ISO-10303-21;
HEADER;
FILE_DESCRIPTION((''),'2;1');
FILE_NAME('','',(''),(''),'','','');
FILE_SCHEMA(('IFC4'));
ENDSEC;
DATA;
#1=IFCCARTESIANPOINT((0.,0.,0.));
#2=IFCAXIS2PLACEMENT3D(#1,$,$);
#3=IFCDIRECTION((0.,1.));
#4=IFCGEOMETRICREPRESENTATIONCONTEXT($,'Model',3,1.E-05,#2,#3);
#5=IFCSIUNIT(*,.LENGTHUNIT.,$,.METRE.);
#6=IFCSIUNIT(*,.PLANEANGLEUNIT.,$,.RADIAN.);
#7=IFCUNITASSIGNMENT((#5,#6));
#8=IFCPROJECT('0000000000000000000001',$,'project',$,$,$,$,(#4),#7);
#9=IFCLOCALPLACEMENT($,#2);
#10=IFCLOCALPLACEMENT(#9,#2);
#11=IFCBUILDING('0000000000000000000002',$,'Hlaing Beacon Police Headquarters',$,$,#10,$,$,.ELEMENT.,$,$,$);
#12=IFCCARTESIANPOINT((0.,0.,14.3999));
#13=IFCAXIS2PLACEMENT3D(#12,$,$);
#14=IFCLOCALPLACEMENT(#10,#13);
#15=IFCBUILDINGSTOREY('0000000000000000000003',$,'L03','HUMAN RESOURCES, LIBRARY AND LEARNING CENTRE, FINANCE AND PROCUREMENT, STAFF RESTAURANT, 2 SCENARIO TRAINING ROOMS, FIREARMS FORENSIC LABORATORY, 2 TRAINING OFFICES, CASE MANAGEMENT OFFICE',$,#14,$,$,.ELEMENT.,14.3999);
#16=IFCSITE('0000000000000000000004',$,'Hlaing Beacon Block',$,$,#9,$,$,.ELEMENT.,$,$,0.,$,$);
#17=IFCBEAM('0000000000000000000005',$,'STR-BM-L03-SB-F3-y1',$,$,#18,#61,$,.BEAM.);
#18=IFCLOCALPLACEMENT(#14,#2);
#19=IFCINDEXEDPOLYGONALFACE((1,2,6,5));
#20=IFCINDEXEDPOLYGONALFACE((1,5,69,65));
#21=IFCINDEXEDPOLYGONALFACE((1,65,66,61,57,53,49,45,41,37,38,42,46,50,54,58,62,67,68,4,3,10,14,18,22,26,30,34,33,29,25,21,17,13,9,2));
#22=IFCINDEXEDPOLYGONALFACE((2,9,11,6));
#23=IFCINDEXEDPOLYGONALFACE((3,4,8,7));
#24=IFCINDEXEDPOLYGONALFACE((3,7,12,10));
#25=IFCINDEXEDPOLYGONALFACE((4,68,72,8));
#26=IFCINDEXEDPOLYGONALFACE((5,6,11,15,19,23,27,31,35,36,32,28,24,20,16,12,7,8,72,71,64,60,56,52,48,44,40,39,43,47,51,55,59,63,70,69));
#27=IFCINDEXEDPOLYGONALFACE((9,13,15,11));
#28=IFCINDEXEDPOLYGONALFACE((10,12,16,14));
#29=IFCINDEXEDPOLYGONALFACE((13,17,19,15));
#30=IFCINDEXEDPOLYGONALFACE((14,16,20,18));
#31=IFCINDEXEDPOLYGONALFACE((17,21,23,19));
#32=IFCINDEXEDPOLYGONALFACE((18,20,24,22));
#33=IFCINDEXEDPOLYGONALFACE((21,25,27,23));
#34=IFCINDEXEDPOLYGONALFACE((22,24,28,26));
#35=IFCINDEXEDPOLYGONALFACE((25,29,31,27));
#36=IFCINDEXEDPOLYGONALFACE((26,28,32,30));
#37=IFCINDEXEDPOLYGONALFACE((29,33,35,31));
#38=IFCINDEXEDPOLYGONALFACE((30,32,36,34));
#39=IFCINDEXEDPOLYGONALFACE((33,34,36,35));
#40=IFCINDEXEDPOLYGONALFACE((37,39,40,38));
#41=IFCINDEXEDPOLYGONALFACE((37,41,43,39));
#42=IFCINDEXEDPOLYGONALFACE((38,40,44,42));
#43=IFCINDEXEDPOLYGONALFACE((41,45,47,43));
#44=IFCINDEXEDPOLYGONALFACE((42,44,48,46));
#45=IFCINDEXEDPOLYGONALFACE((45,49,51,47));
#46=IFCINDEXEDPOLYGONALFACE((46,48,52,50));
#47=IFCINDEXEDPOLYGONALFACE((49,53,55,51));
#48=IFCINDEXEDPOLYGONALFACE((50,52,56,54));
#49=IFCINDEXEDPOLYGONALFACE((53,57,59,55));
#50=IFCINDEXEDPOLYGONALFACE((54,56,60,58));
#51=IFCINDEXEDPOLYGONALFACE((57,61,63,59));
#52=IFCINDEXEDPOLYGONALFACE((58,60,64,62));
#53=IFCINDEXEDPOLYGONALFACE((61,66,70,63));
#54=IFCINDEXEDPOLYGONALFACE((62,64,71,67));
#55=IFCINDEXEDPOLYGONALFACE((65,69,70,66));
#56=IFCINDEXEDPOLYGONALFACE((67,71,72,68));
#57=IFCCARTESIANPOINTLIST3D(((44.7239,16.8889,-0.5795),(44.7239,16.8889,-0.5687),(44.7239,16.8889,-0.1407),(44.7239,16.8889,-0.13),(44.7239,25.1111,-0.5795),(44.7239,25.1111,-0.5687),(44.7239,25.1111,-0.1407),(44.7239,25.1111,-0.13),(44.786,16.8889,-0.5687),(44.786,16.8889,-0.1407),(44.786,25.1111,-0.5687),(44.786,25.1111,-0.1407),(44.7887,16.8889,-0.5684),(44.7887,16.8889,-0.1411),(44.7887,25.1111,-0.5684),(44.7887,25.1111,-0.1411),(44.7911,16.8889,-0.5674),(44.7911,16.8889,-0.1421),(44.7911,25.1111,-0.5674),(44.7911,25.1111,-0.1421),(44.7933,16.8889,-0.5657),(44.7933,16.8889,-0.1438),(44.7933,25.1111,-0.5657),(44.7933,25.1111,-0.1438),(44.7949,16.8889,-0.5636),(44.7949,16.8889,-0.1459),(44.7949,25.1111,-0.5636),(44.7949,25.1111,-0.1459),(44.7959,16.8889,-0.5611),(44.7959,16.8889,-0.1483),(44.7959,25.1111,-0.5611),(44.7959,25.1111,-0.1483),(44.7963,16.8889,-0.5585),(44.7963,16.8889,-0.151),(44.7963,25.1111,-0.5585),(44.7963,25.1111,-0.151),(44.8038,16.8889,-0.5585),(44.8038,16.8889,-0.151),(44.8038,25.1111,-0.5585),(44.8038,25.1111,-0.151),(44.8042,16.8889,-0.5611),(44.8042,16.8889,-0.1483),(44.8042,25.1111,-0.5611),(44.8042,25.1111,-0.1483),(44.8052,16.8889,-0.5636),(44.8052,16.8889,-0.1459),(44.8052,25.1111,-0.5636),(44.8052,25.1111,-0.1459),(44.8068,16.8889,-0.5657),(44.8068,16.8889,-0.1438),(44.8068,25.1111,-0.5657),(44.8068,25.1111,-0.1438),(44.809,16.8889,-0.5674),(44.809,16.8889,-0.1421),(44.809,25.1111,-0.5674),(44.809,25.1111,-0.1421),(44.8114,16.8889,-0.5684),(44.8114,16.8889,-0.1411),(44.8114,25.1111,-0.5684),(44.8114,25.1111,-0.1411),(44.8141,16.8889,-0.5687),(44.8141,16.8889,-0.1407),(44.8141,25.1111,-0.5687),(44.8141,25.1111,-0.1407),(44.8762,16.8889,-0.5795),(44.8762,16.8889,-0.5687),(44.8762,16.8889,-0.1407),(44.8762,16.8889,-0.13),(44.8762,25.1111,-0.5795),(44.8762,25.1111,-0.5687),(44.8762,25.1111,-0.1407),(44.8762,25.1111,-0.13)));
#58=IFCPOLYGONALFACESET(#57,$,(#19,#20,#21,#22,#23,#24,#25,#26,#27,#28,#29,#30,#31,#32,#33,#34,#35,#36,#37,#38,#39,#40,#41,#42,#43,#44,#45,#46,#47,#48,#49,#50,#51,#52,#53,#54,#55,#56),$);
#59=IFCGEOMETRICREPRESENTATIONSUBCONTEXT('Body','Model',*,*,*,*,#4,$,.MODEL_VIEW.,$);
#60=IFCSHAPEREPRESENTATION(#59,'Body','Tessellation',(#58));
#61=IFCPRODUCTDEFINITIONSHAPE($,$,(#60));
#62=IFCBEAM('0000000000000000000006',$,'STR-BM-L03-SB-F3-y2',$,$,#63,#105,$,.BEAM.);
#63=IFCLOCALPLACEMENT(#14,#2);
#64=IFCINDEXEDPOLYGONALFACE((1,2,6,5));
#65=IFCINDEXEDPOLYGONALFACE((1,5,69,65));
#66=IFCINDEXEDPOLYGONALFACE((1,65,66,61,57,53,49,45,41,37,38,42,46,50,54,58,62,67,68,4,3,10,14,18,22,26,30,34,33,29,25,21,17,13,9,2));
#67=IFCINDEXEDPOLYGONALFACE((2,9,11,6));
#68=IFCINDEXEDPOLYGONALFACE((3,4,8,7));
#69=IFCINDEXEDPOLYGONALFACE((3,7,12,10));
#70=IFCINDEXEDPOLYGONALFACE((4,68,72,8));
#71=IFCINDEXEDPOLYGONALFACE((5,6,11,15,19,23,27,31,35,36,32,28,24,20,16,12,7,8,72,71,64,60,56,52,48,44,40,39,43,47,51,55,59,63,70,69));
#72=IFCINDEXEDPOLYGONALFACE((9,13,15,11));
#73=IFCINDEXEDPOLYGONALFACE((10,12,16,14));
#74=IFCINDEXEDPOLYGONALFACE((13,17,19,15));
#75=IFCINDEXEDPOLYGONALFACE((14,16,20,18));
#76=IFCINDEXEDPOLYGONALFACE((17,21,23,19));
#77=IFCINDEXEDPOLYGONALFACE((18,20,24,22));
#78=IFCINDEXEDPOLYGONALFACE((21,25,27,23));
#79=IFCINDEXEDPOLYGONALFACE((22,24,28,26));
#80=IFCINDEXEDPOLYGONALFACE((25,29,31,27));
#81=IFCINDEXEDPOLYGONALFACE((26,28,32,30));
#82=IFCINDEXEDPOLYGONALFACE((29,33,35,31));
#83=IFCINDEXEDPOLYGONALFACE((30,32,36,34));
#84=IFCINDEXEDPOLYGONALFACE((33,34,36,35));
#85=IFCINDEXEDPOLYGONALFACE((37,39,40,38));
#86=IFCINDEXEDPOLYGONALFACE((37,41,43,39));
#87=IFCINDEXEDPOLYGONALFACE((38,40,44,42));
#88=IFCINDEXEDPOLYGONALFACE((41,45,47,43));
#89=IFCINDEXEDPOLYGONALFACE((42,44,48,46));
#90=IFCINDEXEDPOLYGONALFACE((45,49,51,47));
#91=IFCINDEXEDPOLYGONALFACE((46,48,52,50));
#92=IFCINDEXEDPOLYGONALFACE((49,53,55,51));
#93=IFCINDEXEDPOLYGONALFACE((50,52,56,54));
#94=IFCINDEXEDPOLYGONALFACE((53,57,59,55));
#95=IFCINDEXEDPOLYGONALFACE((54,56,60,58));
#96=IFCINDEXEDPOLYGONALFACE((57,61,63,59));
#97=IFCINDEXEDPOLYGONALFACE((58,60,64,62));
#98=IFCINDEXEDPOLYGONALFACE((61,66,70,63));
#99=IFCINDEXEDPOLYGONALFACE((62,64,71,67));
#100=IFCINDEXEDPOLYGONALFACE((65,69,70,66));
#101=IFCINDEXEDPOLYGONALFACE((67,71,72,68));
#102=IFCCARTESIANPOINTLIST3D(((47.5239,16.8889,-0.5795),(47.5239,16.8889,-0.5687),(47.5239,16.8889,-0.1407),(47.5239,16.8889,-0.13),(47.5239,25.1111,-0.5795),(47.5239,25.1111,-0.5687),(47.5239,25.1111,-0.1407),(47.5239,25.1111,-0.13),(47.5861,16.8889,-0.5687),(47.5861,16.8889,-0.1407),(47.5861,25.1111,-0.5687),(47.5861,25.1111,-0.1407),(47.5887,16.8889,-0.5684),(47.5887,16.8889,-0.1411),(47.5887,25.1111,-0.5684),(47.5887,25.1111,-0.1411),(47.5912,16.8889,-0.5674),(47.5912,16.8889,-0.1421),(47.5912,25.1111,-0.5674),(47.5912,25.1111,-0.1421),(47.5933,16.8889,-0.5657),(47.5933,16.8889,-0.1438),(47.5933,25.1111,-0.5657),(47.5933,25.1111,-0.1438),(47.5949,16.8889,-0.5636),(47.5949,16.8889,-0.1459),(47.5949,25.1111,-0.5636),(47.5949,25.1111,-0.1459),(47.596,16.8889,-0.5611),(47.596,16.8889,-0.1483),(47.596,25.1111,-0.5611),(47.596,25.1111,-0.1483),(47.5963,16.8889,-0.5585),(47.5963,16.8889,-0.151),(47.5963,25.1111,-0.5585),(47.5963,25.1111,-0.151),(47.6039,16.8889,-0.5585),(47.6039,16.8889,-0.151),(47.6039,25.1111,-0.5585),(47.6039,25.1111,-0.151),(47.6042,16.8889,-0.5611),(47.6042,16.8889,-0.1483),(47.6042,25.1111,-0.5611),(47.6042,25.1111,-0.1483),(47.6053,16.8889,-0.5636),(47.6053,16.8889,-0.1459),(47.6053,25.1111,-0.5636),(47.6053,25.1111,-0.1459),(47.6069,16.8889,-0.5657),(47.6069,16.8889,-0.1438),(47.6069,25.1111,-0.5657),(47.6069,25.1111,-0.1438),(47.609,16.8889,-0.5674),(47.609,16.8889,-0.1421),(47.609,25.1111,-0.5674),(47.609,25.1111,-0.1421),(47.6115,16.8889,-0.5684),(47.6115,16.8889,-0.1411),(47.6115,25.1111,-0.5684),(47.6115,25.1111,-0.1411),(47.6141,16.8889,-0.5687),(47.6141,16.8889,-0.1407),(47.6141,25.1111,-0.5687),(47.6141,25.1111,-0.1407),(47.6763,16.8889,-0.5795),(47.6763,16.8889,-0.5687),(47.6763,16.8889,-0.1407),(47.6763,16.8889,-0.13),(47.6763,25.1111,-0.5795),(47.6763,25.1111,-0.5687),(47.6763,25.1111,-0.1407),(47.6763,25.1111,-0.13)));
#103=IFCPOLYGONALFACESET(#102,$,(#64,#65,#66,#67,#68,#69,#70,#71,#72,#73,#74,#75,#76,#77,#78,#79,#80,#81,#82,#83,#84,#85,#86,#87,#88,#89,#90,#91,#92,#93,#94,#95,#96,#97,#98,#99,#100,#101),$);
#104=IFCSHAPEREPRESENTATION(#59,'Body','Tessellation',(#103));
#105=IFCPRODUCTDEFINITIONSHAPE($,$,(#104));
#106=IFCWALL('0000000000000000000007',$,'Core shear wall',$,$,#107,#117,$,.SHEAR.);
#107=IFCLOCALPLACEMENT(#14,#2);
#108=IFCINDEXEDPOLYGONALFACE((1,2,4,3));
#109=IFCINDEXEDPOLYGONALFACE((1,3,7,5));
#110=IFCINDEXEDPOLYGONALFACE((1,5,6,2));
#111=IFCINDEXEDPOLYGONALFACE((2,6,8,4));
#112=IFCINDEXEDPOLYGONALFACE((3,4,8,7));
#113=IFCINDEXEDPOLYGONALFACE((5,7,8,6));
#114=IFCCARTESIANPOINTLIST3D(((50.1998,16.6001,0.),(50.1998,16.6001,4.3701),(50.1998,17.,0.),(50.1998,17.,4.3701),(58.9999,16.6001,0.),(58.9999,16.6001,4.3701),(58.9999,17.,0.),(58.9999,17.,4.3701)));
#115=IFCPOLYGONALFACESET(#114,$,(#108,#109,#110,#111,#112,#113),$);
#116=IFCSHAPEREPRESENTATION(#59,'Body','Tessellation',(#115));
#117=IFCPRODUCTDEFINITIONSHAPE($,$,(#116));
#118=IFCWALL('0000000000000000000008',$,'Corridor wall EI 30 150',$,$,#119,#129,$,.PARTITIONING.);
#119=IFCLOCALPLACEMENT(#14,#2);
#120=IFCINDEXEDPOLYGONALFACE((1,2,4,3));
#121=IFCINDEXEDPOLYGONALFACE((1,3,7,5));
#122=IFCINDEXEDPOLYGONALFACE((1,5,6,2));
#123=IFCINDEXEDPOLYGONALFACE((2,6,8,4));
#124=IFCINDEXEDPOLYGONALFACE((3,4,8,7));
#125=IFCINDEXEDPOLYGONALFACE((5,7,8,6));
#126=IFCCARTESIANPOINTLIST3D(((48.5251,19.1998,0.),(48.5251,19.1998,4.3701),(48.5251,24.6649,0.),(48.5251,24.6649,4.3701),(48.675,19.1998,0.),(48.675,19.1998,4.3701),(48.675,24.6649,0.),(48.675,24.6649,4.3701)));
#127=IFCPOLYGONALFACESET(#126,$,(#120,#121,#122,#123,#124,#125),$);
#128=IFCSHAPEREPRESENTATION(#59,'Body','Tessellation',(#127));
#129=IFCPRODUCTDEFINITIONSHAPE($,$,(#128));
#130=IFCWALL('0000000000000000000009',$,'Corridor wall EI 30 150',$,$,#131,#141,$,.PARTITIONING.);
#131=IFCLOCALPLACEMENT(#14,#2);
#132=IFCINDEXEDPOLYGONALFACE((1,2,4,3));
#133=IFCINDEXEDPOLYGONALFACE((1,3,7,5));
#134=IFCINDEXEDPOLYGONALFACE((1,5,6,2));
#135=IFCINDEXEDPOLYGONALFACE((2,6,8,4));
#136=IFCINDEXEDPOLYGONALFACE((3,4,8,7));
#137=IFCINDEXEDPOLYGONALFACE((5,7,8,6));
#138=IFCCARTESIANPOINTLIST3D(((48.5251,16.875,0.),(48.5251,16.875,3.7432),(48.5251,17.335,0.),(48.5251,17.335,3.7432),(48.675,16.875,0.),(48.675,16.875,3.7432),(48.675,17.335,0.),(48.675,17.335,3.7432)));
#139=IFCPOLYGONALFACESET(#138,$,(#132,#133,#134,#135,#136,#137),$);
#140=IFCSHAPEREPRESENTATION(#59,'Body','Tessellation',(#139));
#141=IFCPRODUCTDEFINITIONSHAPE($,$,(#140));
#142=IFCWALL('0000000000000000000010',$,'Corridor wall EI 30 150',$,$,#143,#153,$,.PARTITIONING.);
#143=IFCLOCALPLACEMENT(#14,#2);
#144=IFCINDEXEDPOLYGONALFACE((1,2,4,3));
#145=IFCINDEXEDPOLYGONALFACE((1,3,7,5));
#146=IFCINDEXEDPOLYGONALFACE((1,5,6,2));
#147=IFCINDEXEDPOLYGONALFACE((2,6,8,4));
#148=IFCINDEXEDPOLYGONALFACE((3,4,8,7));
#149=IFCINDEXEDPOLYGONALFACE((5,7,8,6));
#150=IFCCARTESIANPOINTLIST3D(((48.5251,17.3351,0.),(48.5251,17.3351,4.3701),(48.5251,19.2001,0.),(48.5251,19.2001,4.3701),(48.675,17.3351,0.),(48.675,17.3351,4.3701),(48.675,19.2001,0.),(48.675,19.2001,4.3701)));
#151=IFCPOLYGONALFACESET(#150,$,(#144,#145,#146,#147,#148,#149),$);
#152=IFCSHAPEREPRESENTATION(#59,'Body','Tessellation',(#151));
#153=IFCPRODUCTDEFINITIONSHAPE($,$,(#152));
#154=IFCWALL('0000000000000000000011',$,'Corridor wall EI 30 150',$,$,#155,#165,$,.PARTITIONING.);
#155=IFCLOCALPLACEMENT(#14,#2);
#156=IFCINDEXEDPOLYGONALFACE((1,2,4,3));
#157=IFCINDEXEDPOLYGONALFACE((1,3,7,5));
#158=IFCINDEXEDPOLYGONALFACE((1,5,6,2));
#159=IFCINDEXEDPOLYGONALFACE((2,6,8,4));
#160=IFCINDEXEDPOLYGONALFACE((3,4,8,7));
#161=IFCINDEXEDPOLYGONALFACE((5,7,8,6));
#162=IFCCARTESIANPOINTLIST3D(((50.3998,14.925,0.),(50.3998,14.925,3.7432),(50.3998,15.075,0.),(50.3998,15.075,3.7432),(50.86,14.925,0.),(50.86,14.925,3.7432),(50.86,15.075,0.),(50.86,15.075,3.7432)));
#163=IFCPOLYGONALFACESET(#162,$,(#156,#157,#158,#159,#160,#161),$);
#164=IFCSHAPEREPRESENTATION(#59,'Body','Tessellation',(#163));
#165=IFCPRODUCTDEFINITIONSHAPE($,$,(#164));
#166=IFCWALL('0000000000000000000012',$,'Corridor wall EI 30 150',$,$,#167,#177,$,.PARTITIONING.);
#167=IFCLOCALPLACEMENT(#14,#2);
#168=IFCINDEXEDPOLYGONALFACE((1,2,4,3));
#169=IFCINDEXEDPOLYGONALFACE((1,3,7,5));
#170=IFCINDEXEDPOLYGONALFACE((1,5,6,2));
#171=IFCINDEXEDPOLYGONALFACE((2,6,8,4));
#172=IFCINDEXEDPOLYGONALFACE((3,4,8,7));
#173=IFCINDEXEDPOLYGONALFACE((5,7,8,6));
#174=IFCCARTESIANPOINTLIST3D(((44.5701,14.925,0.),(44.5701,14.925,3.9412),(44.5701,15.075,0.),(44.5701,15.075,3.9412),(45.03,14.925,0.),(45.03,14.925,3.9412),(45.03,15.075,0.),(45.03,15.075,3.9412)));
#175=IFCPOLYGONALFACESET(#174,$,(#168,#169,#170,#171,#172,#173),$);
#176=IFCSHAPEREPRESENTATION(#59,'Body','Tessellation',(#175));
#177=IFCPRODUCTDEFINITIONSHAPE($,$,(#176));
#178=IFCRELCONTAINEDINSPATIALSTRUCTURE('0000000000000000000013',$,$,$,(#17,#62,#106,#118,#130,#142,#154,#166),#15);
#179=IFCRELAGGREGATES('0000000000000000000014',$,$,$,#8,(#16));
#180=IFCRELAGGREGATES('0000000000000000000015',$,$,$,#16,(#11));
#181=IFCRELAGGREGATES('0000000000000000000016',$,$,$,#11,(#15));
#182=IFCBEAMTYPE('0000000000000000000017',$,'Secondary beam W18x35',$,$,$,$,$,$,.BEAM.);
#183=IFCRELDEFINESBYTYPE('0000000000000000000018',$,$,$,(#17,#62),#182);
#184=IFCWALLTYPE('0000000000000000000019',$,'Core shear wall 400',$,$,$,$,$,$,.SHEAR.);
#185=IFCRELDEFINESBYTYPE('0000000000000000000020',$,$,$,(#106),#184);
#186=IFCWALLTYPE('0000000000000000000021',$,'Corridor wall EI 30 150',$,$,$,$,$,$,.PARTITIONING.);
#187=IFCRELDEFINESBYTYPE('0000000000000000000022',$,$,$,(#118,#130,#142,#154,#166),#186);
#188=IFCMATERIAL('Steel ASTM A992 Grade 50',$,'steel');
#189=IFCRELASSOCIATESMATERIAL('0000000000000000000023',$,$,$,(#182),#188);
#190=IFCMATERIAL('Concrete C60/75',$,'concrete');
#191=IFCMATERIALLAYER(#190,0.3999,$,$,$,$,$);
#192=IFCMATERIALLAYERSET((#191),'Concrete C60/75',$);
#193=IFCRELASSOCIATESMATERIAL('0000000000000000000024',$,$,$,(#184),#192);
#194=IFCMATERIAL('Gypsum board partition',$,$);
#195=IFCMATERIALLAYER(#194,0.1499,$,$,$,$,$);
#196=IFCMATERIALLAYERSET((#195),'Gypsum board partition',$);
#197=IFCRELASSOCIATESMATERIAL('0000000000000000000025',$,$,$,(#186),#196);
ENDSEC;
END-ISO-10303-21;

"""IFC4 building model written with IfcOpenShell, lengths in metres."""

from ifc_helpers import new_model, si_unit, direction, frame, frame_2d, origin, origin_2d, place, context, subcontext, project, spatial, rectangle, i_section, extrude, material, layer, layer_set, material_profile, profile_set, type_object, element, save


model = new_model("IFC4")

# Units and contexts
model_context = context("Model", 3, precision=1e-05, world=origin(), true_north=direction((0.0, 1.0)))
body_context = subcontext(model_context, "Body", "Model", "MODEL_VIEW")
ifc_project = project(units=[si_unit("LENGTHUNIT", "METRE"), si_unit("PLANEANGLEUNIT", "RADIAN")], contexts=[model_context])

# Site, building, storey
site_placement = place(None, origin())
site = spatial("IfcSite", under=ifc_project, at=site_placement, Name="Hlaing Beacon Block", CompositionType="ELEMENT", RefElevation=0.0)
building_placement = place(site_placement, origin())
building = spatial("IfcBuilding", under=site, at=building_placement, Name="Hlaing Beacon Police Headquarters", CompositionType="ELEMENT")
storey_placement = place(building_placement, frame((0.0, 0.0, 14.3999)))
storey = spatial("IfcBuildingStorey", under=building, at=storey_placement, Name="L03", Description="HUMAN RESOURCES, LIBRARY AND LEARNING CENTRE, FINANCE AND PROCUREMENT, STAFF RESTAURANT, 2 SCENARIO TRAINING ROOMS, FIREARMS FORENSIC LABORATORY, 2 TRAINING OFFICES, CASE MANAGEMENT OFFICE", CompositionType="ELEMENT", Elevation=14.3999)

# Beams
ifc_material_1 = material(Name="Steel ASTM A992 Grade 50", Category="steel")
ifc_material_profile = material_profile(ifc_material_1, i_section(OverallWidth=0.1523, OverallDepth=0.4495, WebThickness=0.0076, FlangeThickness=0.0107, FilletRadius=0.0103, at=origin_2d()), Name="W18x35")
ifc_profile_set = profile_set([ifc_material_profile], Name="Steel ASTM A992 Grade 50")
beam_type = type_object("IfcBeamType", Name="Secondary beam W18x35", PredefinedType="BEAM", material=ifc_profile_set)
for number, where, z_axis, x_axis, name in (
    (1, (44.8, 16.8889, -0.3547), (0.0, 1.0, 0.0), (-1.0, 0.0, 0.0), "STR-BM-L03-SB-F3-y1"),
    (2, (47.6001, 16.8889, -0.3547), (0.0, 1.0, 0.0), (-1.0, 0.0, 0.0), "STR-BM-L03-SB-F3-y2"),
):
    element("IfcBeam", number, at=place(storey_placement, frame(where, z_axis=z_axis, x_axis=x_axis)), inside=storey, type_object=beam_type, Name=name, PredefinedType="BEAM", context=body_context, shape_type="SweptSolid", body=[
        extrude(i_section(OverallWidth=0.1523, OverallDepth=0.4495, WebThickness=0.0076, FlangeThickness=0.0107, FilletRadius=0.0103, at=origin_2d()), origin(), (0.0, 0.0, 1.0), 8.2222),
    ])

# Walls
ifc_material_2 = material(Name="Concrete C60/75", Category="concrete")
ifc_layer_1 = layer(ifc_material_2, 0.3999)
ifc_layer_set_1 = layer_set([ifc_layer_1], Name="Concrete C60/75")
wall_type_1 = type_object("IfcWallType", Name="Core shear wall 400", PredefinedType="SHEAR", material=ifc_layer_set_1)
wall_1_placement = place(storey_placement, frame((50.2, 16.8, 0.0), z_axis=(0.0, 0.0, 1.0), x_axis=(1.0, 0.0, 0.0)))
element("IfcWall", 3, at=wall_1_placement, inside=storey, type_object=wall_type_1, Name="Core shear wall", PredefinedType="SHEAR", context=body_context, shape_type="SweptSolid", body=[
    extrude(rectangle(XDim=8.8, YDim=0.3999, at=frame_2d((4.3999, 0.0))), origin(), (0.0, 0.0, 1.0), 4.3701),
])
ifc_material_3 = material(Name="Gypsum board partition")
ifc_layer_2 = layer(ifc_material_3, 0.1499)
ifc_layer_set_2 = layer_set([ifc_layer_2], Name="Gypsum board partition")
wall_type_2 = type_object("IfcWallType", Name="Corridor wall EI 30 150", PredefinedType="PARTITIONING", material=ifc_layer_set_2)
wall_2_placement = place(storey_placement, frame((48.6001, 19.2, 0.0), z_axis=(0.0, 0.0, 1.0), x_axis=(0.0, 1.0, 0.0)))
element("IfcWall", 4, at=wall_2_placement, inside=storey, type_object=wall_type_2, Name="Corridor wall EI 30 150", PredefinedType="PARTITIONING", context=body_context, shape_type="SweptSolid", body=[
    extrude(rectangle(XDim=5.4651, YDim=0.1499, at=frame_2d((2.7324, 0.0))), origin(), (0.0, 0.0, 1.0), 4.3701),
])
wall_3_placement = place(storey_placement, frame((48.6001, 16.875, 0.0), z_axis=(0.0, 0.0, 1.0), x_axis=(0.0, 1.0, 0.0)))
element("IfcWall", 5, at=wall_3_placement, inside=storey, type_object=wall_type_2, Name="Corridor wall EI 30 150", PredefinedType="PARTITIONING", context=body_context, shape_type="SweptSolid", body=[
    extrude(rectangle(XDim=0.46, YDim=0.1499, at=frame_2d((0.23, 0.0))), origin(), (0.0, 0.0, 1.0), 3.7432),
])
wall_4_placement = place(storey_placement, frame((48.6001, 17.335, 0.0), z_axis=(0.0, 0.0, 1.0), x_axis=(0.0, 1.0, 0.0)))
element("IfcWall", 6, at=wall_4_placement, inside=storey, type_object=wall_type_2, Name="Corridor wall EI 30 150", PredefinedType="PARTITIONING", context=body_context, shape_type="SweptSolid", body=[
    extrude(rectangle(XDim=1.865, YDim=0.1499, at=frame_2d((0.9326, 0.0))), origin(), (0.0, 0.0, 1.0), 4.3701),
])
wall_5_placement = place(storey_placement, frame((50.3999, 15.0, 0.0), z_axis=(0.0, 0.0, 1.0), x_axis=(1.0, 0.0, 0.0)))
element("IfcWall", 7, at=wall_5_placement, inside=storey, type_object=wall_type_2, Name="Corridor wall EI 30 150", PredefinedType="PARTITIONING", context=body_context, shape_type="SweptSolid", body=[
    extrude(rectangle(XDim=0.4602, YDim=0.1499, at=frame_2d((0.23, 0.0))), origin(), (0.0, 0.0, 1.0), 3.7432),
])
wall_6_placement = place(storey_placement, frame((44.5701, 15.0, 0.0), z_axis=(0.0, 0.0, 1.0), x_axis=(1.0, 0.0, 0.0)))
element("IfcWall", 8, at=wall_6_placement, inside=storey, type_object=wall_type_2, Name="Corridor wall EI 30 150", PredefinedType="PARTITIONING", context=body_context, shape_type="SweptSolid", body=[
    extrude(rectangle(XDim=0.46, YDim=0.1499, at=frame_2d((0.23, 0.0))), origin(), (0.0, 0.0, 1.0), 3.9412),
])

save(model, "model.ifc")
